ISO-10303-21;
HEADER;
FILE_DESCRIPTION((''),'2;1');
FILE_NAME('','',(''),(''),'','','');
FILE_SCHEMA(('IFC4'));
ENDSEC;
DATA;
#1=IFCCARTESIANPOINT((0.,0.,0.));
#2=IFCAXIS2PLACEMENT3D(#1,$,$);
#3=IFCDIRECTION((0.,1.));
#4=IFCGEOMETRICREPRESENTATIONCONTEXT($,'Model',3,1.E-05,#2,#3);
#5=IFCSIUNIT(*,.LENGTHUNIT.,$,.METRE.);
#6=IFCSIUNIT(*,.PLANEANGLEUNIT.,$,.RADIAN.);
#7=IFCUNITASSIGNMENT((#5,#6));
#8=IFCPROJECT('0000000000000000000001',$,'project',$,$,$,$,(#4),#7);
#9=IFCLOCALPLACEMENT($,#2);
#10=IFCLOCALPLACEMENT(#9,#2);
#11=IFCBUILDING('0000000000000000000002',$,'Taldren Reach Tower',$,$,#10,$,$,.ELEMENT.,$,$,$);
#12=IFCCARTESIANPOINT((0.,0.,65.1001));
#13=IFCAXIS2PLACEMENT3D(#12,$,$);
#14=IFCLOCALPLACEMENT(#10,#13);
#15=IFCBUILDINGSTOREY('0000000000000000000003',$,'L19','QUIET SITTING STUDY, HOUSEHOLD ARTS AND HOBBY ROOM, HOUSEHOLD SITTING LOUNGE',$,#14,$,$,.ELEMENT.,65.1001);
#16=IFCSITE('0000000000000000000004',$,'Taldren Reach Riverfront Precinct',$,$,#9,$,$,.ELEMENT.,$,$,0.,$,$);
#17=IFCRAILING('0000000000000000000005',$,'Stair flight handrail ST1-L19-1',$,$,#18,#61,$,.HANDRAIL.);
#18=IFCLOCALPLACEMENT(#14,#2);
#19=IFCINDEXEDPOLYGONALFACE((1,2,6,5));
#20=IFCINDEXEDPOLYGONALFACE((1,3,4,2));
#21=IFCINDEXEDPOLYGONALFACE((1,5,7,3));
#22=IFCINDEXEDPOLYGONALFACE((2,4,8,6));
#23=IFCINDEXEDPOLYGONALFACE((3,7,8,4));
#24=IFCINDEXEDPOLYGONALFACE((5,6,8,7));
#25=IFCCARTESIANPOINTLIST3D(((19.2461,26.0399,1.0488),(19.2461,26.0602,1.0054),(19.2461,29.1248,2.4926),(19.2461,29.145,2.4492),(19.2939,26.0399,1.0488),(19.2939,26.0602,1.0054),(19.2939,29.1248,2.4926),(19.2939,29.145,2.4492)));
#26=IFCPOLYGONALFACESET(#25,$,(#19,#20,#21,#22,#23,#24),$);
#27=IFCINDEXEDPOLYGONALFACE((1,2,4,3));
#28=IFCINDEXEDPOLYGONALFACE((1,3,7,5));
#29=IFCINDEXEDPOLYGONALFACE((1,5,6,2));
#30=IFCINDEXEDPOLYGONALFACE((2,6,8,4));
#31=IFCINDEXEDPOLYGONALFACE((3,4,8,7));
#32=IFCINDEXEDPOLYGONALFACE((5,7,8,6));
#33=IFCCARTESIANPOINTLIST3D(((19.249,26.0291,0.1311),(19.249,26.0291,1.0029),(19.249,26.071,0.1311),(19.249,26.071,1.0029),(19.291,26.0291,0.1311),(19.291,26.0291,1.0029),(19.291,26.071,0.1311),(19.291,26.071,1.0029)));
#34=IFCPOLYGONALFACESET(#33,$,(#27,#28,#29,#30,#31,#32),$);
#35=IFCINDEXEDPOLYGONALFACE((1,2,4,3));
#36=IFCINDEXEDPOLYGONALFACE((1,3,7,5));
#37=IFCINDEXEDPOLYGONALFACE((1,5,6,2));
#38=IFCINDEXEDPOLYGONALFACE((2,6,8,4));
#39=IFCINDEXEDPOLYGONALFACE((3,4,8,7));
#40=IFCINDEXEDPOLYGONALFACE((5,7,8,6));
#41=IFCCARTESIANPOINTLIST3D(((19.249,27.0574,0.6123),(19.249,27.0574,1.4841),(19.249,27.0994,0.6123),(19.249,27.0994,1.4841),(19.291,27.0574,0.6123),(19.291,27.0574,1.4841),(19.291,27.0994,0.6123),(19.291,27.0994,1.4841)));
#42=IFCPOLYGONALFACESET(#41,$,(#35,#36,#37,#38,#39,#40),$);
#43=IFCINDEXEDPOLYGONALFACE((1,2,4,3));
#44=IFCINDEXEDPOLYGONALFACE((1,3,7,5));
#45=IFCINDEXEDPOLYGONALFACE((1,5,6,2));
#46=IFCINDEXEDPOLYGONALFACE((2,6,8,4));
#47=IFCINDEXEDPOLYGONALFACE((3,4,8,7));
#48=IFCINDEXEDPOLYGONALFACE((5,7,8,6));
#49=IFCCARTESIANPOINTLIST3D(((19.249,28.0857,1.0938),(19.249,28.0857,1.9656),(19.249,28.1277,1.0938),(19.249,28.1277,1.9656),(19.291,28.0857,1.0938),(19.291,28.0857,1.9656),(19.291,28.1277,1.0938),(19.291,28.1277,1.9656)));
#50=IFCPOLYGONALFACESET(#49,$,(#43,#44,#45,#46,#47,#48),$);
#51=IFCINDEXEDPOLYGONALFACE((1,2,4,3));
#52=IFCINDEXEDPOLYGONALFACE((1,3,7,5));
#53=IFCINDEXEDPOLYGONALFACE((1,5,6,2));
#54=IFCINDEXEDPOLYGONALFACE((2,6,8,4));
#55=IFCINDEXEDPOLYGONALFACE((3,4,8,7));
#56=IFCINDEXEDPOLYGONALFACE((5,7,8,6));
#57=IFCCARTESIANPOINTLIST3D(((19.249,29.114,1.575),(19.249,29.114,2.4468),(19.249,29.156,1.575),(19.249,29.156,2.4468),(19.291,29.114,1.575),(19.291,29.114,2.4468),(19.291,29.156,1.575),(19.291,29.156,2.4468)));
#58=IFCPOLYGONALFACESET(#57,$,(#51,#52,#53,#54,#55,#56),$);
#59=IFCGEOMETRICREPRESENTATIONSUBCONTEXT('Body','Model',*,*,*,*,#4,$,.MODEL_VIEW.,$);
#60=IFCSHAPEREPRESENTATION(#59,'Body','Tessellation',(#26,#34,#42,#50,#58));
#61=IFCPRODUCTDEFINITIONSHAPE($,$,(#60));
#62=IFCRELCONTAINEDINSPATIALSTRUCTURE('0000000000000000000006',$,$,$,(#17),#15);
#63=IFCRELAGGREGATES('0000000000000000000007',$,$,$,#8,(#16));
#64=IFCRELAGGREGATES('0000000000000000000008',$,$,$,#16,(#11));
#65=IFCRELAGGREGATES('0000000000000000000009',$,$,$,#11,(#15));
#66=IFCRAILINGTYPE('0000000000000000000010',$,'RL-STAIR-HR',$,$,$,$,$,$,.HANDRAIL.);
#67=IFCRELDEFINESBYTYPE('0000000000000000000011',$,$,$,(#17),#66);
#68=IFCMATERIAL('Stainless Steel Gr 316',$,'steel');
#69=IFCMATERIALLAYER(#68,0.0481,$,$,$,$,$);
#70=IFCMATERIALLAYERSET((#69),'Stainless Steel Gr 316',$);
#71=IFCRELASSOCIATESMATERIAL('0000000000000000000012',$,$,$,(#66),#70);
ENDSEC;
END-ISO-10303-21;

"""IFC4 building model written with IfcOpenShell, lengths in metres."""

from ifc_helpers import new_model, si_unit, direction, frame, origin, origin_2d, place, context, subcontext, project, spatial, rectangle, extrude, material, layer, layer_set, type_object, element, save


model = new_model("IFC4")

# Units and contexts
model_context = context("Model", 3, precision=1e-05, world=origin(), true_north=direction((0.0, 1.0)))
body_context = subcontext(model_context, "Body", "Model", "MODEL_VIEW")
ifc_project = project(units=[si_unit("LENGTHUNIT", "METRE"), si_unit("PLANEANGLEUNIT", "RADIAN")], contexts=[model_context])

# Site, building, storey
site_placement = place(None, origin())
site = spatial("IfcSite", under=ifc_project, at=site_placement, Name="Taldren Reach Riverfront Precinct", CompositionType="ELEMENT", RefElevation=0.0)
building_placement = place(site_placement, origin())
building = spatial("IfcBuilding", under=site, at=building_placement, Name="Taldren Reach Tower", CompositionType="ELEMENT")
storey_placement = place(building_placement, frame((0.0, 0.0, 65.1001)))
storey = spatial("IfcBuildingStorey", under=building, at=storey_placement, Name="L19", Description="QUIET SITTING STUDY, HOUSEHOLD ARTS AND HOBBY ROOM, HOUSEHOLD SITTING LOUNGE", CompositionType="ELEMENT", Elevation=65.1001)

# Railing
ifc_material_1 = material(Name="Stainless Steel Gr 316", Category="steel")
ifc_layer_1 = layer(ifc_material_1, 0.0481)
ifc_layer_set_1 = layer_set([ifc_layer_1], Name="Stainless Steel Gr 316")
railing_type_1 = type_object("IfcRailingType", Name="RL-STAIR-HR", PredefinedType="HANDRAIL", material=ifc_layer_set_1)
railing_1_placement = place(storey_placement, frame((19.27, 26.05, 0.1311)))
element("IfcRailing", 1, at=railing_1_placement, inside=storey, type_object=railing_type_1, Name="Stair flight handrail ST1-L19-1", PredefinedType="HANDRAIL", context=body_context, shape_type="SweptSolid", body=[
    extrude(rectangle(XDim=0.0479, YDim=0.0479, at=origin_2d()), frame((0.0, 0.0, 0.896), z_axis=(0.0, 0.90571, 0.423898), x_axis=(-1.0, 0.0, 0.0)), (0.0, 0.0, 1.0), 3.406),
    extrude(rectangle(XDim=0.042, YDim=0.042, at=origin_2d()), origin(), (0.0, 0.0, 1.0), 0.8718),
    extrude(rectangle(XDim=0.042, YDim=0.042, at=origin_2d()), frame((0.0, 1.0283, 0.4812)), (0.0, 0.0, 1.0), 0.8718),
    extrude(rectangle(XDim=0.042, YDim=0.042, at=origin_2d()), frame((0.0, 2.0566, 0.9626)), (0.0, 0.0, 1.0), 0.8718),
    extrude(rectangle(XDim=0.042, YDim=0.042, at=origin_2d()), frame((0.0, 3.085, 1.4438)), (0.0, 0.0, 1.0), 0.8718),
])

save(model, "model.ifc")
